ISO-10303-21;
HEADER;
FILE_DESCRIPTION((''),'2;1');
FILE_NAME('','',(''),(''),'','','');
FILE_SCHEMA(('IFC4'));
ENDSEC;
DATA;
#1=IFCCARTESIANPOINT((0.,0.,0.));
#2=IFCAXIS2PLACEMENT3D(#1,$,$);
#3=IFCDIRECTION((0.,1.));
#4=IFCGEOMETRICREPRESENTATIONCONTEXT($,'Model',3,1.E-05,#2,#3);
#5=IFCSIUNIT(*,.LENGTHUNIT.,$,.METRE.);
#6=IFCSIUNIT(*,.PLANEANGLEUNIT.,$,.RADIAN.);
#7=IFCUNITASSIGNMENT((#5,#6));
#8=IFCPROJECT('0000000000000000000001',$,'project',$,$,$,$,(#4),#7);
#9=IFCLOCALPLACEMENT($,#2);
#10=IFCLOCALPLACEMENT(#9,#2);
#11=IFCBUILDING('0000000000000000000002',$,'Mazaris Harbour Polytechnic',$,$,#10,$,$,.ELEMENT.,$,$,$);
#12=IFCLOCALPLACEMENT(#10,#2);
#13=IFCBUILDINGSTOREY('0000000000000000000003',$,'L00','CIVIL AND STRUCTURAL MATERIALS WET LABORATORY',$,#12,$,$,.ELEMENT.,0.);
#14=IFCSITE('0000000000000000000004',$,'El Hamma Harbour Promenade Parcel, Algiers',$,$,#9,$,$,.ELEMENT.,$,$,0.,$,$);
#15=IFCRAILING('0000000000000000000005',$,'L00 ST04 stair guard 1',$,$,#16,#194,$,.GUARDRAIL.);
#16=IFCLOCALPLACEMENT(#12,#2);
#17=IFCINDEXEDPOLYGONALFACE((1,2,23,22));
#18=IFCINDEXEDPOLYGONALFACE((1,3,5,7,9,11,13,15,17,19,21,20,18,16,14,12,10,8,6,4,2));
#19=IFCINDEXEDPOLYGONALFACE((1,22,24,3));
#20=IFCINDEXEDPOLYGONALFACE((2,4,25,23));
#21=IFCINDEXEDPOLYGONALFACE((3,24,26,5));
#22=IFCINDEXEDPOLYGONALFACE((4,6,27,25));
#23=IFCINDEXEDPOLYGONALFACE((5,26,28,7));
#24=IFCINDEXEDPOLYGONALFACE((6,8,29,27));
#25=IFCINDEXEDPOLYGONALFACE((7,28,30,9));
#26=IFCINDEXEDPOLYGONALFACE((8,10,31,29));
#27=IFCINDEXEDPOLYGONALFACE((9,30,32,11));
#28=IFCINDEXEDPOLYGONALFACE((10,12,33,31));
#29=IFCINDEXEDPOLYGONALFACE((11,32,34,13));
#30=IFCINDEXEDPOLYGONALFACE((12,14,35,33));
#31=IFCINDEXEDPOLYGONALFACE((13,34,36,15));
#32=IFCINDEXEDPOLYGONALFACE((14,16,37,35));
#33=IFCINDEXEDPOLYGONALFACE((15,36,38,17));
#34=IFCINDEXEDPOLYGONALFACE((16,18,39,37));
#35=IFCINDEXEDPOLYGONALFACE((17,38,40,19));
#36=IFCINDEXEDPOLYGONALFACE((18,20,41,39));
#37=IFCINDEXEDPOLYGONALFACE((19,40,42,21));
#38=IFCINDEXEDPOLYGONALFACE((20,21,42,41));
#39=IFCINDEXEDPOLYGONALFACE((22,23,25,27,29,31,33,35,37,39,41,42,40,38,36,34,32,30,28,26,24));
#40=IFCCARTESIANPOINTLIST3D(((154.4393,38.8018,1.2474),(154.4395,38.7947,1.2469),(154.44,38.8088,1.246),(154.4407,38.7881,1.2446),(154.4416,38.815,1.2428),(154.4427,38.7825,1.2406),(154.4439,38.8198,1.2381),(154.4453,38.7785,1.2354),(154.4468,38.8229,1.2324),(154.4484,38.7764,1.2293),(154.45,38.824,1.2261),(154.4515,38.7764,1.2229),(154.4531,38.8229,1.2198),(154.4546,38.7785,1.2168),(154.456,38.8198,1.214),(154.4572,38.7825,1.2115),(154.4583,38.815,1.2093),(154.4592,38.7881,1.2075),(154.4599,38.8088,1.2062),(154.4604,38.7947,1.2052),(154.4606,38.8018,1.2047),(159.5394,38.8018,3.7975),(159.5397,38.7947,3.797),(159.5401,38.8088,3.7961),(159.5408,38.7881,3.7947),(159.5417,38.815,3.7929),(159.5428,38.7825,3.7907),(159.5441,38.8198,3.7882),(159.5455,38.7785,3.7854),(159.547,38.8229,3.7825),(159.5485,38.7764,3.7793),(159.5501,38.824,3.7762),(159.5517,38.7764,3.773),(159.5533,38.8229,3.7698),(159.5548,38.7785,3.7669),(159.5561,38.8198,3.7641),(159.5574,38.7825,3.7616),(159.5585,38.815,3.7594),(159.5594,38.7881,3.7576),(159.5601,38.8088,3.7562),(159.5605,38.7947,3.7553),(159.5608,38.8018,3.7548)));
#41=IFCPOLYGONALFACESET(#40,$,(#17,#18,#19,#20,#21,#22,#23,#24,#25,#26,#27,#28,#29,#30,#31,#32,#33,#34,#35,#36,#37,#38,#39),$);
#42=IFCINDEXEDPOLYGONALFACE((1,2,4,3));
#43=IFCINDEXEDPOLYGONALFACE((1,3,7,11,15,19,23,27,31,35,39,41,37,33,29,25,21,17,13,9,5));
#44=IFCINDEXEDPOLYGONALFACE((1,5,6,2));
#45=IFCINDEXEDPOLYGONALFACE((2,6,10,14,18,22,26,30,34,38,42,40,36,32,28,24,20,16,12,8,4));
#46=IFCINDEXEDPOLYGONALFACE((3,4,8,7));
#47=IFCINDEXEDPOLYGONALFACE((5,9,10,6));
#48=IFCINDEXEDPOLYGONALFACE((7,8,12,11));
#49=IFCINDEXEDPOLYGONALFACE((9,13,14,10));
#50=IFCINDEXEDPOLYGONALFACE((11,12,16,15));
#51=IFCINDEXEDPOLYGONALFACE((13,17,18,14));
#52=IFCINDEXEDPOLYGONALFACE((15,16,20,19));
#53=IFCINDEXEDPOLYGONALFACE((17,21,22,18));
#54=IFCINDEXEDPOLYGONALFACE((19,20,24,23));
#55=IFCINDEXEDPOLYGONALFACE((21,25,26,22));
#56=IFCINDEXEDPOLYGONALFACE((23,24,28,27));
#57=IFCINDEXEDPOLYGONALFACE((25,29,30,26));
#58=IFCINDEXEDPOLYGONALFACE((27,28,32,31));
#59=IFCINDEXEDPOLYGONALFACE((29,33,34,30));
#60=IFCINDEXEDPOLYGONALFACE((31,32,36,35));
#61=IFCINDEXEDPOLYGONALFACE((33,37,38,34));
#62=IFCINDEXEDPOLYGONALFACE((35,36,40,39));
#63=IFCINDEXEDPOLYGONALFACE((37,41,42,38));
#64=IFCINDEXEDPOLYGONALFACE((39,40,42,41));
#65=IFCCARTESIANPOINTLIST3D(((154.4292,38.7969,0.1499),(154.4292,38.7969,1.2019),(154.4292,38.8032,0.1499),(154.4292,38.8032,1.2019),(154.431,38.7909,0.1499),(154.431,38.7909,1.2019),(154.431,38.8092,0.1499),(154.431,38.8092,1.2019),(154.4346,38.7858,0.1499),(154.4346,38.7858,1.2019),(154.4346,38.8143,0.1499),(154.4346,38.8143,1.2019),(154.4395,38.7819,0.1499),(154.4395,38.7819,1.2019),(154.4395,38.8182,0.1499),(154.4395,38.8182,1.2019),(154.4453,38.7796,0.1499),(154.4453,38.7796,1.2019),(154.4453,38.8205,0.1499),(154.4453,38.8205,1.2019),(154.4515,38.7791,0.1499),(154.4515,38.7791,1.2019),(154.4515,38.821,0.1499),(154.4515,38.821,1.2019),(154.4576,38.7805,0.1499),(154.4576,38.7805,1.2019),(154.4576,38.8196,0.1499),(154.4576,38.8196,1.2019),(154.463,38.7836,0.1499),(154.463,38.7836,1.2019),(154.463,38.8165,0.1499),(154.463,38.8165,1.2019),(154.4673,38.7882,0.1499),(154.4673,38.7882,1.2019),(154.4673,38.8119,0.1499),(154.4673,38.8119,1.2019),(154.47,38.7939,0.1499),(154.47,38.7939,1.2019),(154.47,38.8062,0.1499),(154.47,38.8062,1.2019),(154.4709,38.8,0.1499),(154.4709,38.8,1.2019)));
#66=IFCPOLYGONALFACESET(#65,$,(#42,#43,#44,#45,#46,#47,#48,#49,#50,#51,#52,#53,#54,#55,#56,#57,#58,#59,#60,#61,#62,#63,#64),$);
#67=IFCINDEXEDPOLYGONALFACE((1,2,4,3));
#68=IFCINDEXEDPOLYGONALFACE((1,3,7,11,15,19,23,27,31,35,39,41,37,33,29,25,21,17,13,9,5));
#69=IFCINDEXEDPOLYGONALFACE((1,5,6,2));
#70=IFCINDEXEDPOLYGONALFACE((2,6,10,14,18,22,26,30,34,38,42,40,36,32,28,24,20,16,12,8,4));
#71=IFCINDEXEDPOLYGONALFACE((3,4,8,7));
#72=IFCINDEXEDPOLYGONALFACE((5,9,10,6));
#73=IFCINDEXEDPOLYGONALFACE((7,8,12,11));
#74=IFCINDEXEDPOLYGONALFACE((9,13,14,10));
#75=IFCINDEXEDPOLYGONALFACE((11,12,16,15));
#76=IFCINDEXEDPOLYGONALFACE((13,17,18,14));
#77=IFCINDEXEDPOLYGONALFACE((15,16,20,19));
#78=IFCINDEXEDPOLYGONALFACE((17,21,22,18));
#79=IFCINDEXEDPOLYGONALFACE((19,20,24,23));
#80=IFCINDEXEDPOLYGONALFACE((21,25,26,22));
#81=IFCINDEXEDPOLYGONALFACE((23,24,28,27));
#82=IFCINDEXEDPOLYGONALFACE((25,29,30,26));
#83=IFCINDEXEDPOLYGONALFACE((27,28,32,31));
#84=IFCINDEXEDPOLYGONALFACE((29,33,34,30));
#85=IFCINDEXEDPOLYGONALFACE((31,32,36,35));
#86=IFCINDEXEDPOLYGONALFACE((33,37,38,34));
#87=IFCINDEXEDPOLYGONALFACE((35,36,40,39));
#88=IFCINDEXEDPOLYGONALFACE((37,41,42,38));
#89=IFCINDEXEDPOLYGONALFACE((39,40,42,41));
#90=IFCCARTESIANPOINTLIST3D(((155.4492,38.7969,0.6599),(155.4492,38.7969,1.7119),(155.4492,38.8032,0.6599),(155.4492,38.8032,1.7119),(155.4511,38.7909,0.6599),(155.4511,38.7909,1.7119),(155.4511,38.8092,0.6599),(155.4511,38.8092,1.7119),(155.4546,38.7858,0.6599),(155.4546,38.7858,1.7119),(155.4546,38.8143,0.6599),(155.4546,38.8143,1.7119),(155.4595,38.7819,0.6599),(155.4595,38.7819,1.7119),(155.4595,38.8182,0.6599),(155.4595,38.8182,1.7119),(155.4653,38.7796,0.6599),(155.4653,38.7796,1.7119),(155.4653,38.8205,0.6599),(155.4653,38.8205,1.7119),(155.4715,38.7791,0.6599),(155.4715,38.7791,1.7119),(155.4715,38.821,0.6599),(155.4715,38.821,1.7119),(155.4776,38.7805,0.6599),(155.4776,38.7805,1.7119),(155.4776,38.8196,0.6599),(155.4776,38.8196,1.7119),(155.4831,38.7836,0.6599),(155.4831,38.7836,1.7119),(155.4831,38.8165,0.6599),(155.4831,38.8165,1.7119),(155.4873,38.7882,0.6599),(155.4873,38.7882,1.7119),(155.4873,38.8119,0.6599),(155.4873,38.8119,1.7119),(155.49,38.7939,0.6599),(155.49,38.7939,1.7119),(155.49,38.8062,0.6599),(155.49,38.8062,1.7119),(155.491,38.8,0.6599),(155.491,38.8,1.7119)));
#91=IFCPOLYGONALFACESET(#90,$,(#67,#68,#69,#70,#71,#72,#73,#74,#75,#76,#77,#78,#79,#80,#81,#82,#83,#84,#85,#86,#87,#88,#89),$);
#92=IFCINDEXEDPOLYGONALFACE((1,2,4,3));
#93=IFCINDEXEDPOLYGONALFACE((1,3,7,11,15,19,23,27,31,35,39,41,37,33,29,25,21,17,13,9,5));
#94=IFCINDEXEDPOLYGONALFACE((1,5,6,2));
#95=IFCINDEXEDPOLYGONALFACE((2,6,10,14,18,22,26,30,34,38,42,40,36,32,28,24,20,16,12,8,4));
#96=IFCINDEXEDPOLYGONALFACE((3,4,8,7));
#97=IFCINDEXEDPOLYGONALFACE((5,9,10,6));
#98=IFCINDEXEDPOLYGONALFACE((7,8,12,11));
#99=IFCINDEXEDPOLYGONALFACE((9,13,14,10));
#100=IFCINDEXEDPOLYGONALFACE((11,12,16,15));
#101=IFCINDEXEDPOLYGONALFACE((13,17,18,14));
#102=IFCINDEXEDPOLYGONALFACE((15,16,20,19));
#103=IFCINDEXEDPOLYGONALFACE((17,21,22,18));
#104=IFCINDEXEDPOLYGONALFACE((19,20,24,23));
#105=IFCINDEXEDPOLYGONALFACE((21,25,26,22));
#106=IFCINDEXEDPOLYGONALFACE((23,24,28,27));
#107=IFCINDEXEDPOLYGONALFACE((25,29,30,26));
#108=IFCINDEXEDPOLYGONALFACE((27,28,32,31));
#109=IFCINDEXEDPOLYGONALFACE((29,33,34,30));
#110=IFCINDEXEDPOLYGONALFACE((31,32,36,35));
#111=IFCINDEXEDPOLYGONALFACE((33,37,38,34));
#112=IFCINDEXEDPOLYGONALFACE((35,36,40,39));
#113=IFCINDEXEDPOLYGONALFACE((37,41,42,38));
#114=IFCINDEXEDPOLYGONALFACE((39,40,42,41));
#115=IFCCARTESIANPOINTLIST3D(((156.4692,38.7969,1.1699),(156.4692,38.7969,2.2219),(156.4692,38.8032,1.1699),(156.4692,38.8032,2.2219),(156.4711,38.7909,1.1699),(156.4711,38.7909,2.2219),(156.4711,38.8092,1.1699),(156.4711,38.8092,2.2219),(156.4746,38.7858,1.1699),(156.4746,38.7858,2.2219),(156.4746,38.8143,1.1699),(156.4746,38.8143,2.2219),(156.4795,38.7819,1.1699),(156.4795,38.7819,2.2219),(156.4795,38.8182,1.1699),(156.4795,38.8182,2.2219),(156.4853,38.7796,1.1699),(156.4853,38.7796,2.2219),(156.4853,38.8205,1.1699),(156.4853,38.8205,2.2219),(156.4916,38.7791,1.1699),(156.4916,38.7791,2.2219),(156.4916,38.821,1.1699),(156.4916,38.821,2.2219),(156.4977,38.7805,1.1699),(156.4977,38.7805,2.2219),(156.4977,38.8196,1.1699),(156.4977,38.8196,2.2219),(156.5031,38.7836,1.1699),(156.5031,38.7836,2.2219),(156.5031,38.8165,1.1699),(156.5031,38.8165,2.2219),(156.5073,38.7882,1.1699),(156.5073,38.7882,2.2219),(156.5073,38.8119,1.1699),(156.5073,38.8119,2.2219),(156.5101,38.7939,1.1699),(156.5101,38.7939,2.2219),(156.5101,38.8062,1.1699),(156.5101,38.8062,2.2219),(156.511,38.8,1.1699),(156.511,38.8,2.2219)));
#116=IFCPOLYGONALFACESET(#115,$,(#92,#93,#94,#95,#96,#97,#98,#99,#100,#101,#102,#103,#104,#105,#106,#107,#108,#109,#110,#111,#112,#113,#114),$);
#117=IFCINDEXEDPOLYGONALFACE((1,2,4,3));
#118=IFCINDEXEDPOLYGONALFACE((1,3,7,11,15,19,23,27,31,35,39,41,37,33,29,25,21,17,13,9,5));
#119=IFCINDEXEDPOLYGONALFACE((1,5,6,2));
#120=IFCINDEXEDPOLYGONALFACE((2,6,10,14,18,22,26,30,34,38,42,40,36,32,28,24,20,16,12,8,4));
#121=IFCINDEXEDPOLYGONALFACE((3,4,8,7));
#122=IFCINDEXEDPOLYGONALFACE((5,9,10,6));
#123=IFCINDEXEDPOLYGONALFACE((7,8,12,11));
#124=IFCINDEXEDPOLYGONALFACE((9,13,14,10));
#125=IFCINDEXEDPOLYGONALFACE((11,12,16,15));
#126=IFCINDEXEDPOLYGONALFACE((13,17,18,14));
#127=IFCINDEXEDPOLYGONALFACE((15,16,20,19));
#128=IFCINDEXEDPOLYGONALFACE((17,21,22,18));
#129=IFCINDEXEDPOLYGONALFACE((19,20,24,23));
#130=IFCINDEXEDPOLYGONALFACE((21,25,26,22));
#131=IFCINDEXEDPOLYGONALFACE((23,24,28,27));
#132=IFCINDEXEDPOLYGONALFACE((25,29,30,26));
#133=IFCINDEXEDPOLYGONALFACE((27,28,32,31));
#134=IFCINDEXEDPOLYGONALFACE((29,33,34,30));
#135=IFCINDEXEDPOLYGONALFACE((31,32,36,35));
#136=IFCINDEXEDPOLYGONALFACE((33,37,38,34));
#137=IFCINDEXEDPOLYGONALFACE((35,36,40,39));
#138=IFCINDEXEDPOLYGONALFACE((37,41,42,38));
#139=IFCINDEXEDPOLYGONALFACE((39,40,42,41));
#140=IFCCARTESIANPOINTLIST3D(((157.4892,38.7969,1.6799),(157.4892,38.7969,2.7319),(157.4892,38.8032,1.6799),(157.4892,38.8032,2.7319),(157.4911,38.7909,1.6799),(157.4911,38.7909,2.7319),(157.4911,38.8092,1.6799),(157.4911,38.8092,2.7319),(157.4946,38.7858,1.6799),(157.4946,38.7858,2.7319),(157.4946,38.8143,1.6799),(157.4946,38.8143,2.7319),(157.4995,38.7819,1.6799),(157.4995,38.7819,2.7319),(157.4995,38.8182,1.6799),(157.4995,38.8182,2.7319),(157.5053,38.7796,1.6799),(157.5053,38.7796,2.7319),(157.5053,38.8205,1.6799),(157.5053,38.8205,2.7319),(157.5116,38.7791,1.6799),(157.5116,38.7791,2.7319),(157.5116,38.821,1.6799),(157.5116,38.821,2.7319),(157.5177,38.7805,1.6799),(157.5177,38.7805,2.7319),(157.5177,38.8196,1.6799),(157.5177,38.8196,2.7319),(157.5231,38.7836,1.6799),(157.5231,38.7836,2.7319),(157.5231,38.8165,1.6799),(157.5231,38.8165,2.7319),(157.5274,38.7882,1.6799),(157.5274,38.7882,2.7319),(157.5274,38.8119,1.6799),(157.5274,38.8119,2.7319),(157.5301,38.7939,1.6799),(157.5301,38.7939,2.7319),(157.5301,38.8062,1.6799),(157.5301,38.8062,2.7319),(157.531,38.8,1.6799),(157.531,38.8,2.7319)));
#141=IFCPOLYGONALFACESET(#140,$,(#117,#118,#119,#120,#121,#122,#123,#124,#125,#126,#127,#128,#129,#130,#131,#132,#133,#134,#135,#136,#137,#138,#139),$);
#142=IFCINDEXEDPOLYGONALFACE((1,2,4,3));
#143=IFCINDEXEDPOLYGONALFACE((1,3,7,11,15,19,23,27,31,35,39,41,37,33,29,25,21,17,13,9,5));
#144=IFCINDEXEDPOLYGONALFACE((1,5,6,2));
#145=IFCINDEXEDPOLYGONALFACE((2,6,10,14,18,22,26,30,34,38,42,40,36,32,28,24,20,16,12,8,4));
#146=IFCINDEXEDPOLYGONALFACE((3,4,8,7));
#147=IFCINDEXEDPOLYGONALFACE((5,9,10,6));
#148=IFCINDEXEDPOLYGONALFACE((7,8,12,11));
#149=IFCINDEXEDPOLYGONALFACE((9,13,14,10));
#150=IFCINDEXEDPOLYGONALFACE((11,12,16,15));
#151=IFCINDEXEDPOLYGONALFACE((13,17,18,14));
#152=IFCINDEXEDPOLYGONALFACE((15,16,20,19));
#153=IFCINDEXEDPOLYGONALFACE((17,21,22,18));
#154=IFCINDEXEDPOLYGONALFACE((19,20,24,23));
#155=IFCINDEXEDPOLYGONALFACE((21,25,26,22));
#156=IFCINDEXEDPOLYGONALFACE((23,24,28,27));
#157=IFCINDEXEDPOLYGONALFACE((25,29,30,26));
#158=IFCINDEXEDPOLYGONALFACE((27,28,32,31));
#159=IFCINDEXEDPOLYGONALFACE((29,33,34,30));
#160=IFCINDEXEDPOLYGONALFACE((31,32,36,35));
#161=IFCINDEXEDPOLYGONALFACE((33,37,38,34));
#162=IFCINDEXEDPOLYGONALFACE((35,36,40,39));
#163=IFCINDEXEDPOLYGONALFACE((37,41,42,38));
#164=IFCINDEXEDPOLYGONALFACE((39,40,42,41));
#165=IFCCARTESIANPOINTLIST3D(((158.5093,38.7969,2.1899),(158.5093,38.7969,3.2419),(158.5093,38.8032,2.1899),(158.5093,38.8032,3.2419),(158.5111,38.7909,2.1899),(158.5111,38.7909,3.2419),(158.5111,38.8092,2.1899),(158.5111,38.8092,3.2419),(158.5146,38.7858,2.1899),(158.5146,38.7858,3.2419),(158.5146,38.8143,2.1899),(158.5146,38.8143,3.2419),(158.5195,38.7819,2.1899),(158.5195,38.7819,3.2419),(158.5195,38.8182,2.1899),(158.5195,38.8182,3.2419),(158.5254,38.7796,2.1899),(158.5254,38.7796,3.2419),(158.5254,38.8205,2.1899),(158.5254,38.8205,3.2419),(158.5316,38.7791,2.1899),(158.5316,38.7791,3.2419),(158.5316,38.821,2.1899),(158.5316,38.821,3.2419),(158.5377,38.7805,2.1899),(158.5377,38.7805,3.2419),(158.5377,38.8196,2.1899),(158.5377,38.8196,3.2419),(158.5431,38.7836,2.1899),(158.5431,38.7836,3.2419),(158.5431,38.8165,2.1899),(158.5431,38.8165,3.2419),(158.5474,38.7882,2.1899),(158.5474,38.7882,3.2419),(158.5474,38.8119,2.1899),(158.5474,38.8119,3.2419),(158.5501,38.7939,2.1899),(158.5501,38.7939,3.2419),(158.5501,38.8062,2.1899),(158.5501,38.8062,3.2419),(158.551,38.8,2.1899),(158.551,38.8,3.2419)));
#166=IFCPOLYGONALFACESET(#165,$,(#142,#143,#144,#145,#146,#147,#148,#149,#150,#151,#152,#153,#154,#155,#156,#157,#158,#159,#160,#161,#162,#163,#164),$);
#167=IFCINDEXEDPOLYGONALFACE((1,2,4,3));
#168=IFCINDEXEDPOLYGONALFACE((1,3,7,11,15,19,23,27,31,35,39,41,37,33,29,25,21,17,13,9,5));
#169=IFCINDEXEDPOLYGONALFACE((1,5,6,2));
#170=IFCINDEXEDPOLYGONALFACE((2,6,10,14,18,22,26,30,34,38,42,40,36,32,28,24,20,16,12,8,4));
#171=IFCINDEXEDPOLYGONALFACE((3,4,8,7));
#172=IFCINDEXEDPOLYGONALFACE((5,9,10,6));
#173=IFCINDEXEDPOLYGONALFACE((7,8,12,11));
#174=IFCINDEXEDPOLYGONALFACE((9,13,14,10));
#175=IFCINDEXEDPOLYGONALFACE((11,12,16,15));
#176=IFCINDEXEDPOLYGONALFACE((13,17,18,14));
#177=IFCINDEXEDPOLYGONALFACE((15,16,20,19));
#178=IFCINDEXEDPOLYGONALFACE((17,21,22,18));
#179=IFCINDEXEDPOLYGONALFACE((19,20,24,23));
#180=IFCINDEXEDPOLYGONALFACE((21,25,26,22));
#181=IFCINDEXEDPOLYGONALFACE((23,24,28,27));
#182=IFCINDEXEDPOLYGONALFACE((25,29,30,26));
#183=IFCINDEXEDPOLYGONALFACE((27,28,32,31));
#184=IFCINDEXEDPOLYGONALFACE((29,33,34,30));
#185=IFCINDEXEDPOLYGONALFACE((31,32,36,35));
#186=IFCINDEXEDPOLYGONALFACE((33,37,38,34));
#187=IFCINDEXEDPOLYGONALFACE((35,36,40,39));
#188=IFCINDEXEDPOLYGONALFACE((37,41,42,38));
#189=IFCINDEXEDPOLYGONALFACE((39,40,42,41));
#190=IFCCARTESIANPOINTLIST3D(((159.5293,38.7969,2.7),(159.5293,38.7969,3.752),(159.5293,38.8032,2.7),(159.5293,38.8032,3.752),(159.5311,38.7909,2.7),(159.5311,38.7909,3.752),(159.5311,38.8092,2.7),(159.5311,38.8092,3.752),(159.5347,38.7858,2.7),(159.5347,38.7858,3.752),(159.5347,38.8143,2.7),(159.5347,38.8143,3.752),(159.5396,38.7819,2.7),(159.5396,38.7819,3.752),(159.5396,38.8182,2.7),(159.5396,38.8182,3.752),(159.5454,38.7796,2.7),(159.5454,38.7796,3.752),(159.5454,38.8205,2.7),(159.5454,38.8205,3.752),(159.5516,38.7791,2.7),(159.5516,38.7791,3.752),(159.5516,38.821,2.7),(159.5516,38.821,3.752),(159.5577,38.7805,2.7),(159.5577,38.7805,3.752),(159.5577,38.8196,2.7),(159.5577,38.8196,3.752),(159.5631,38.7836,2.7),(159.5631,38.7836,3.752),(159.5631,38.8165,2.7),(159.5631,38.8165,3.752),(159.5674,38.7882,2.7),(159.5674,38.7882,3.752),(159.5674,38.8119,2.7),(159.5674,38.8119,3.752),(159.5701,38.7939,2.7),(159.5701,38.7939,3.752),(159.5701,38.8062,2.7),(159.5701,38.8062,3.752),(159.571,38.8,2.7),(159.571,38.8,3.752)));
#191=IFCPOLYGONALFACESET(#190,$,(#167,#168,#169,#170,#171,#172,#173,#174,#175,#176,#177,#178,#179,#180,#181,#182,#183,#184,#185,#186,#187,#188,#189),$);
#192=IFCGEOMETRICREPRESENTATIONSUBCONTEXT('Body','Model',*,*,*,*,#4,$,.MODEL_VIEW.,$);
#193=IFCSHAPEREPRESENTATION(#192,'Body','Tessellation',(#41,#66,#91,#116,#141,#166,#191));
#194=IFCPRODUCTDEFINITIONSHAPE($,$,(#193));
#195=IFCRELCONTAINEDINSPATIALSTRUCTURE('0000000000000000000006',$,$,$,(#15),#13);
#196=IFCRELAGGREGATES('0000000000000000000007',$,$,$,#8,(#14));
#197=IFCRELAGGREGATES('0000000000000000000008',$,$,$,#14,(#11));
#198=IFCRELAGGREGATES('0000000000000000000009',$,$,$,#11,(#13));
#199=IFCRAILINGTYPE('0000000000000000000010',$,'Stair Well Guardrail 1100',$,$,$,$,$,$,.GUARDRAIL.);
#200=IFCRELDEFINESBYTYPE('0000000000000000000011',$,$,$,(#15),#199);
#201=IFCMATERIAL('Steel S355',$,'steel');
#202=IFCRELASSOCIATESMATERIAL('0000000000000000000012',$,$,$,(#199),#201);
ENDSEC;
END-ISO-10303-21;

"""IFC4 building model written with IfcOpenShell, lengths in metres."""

from ifc_helpers import new_model, si_unit, direction, frame, origin, origin_2d, place, context, subcontext, project, spatial, circle, extrude, material, type_object, element, save


model = new_model("IFC4")

# Units and contexts
model_context = context("Model", 3, precision=1e-05, world=origin(), true_north=direction((0.0, 1.0)))
body_context = subcontext(model_context, "Body", "Model", "MODEL_VIEW")
ifc_project = project(units=[si_unit("LENGTHUNIT", "METRE"), si_unit("PLANEANGLEUNIT", "RADIAN")], contexts=[model_context])

# Site, building, storey
site_placement = place(None, origin())
site = spatial("IfcSite", under=ifc_project, at=site_placement, Name="El Hamma Harbour Promenade Parcel, Algiers", CompositionType="ELEMENT", RefElevation=0.0)
building_placement = place(site_placement, origin())
building = spatial("IfcBuilding", under=site, at=building_placement, Name="Mazaris Harbour Polytechnic", CompositionType="ELEMENT")
storey_placement = place(building_placement, origin())
storey = spatial("IfcBuildingStorey", under=building, at=storey_placement, Name="L00", Description="CIVIL AND STRUCTURAL MATERIALS WET LABORATORY", CompositionType="ELEMENT", Elevation=0.0)

# Railing
ifc_material_1 = material(Name="Steel S355", Category="steel")
railing_type_1 = type_object("IfcRailingType", Name="Stair Well Guardrail 1100", PredefinedType="GUARDRAIL", material=ifc_material_1)
railing_1_placement = place(storey_placement, frame((154.45, 38.8, 0.1499)))
element("IfcRailing", 1, at=railing_1_placement, inside=storey, type_object=railing_type_1, Name="L00 ST04 stair guard 1", PredefinedType="GUARDRAIL", context=body_context, shape_type="SweptSolid", body=[
    extrude(circle(Radius=0.0239, at=origin_2d()), frame((0.0, 0.0, 1.0762), z_axis=(0.894427, 0.0, 0.447214), x_axis=(0.0, 1.0, 0.0)), (0.0, 0.0, 1.0), 5.7021),
    extrude(circle(Radius=0.021, at=origin_2d()), origin(), (0.0, 0.0, 1.0), 1.052),
    extrude(circle(Radius=0.021, at=origin_2d()), frame((1.02, 0.0, 0.51)), (0.0, 0.0, 1.0), 1.052),
    extrude(circle(Radius=0.021, at=origin_2d()), frame((2.04, 0.0, 1.02)), (0.0, 0.0, 1.0), 1.052),
    extrude(circle(Radius=0.021, at=origin_2d()), frame((3.0601, 0.0, 1.53)), (0.0, 0.0, 1.0), 1.052),
    extrude(circle(Radius=0.021, at=origin_2d()), frame((4.0801, 0.0, 2.04)), (0.0, 0.0, 1.0), 1.052),
    extrude(circle(Radius=0.021, at=origin_2d()), frame((5.1001, 0.0, 2.55)), (0.0, 0.0, 1.0), 1.052),
])

save(model, "model.ifc")
